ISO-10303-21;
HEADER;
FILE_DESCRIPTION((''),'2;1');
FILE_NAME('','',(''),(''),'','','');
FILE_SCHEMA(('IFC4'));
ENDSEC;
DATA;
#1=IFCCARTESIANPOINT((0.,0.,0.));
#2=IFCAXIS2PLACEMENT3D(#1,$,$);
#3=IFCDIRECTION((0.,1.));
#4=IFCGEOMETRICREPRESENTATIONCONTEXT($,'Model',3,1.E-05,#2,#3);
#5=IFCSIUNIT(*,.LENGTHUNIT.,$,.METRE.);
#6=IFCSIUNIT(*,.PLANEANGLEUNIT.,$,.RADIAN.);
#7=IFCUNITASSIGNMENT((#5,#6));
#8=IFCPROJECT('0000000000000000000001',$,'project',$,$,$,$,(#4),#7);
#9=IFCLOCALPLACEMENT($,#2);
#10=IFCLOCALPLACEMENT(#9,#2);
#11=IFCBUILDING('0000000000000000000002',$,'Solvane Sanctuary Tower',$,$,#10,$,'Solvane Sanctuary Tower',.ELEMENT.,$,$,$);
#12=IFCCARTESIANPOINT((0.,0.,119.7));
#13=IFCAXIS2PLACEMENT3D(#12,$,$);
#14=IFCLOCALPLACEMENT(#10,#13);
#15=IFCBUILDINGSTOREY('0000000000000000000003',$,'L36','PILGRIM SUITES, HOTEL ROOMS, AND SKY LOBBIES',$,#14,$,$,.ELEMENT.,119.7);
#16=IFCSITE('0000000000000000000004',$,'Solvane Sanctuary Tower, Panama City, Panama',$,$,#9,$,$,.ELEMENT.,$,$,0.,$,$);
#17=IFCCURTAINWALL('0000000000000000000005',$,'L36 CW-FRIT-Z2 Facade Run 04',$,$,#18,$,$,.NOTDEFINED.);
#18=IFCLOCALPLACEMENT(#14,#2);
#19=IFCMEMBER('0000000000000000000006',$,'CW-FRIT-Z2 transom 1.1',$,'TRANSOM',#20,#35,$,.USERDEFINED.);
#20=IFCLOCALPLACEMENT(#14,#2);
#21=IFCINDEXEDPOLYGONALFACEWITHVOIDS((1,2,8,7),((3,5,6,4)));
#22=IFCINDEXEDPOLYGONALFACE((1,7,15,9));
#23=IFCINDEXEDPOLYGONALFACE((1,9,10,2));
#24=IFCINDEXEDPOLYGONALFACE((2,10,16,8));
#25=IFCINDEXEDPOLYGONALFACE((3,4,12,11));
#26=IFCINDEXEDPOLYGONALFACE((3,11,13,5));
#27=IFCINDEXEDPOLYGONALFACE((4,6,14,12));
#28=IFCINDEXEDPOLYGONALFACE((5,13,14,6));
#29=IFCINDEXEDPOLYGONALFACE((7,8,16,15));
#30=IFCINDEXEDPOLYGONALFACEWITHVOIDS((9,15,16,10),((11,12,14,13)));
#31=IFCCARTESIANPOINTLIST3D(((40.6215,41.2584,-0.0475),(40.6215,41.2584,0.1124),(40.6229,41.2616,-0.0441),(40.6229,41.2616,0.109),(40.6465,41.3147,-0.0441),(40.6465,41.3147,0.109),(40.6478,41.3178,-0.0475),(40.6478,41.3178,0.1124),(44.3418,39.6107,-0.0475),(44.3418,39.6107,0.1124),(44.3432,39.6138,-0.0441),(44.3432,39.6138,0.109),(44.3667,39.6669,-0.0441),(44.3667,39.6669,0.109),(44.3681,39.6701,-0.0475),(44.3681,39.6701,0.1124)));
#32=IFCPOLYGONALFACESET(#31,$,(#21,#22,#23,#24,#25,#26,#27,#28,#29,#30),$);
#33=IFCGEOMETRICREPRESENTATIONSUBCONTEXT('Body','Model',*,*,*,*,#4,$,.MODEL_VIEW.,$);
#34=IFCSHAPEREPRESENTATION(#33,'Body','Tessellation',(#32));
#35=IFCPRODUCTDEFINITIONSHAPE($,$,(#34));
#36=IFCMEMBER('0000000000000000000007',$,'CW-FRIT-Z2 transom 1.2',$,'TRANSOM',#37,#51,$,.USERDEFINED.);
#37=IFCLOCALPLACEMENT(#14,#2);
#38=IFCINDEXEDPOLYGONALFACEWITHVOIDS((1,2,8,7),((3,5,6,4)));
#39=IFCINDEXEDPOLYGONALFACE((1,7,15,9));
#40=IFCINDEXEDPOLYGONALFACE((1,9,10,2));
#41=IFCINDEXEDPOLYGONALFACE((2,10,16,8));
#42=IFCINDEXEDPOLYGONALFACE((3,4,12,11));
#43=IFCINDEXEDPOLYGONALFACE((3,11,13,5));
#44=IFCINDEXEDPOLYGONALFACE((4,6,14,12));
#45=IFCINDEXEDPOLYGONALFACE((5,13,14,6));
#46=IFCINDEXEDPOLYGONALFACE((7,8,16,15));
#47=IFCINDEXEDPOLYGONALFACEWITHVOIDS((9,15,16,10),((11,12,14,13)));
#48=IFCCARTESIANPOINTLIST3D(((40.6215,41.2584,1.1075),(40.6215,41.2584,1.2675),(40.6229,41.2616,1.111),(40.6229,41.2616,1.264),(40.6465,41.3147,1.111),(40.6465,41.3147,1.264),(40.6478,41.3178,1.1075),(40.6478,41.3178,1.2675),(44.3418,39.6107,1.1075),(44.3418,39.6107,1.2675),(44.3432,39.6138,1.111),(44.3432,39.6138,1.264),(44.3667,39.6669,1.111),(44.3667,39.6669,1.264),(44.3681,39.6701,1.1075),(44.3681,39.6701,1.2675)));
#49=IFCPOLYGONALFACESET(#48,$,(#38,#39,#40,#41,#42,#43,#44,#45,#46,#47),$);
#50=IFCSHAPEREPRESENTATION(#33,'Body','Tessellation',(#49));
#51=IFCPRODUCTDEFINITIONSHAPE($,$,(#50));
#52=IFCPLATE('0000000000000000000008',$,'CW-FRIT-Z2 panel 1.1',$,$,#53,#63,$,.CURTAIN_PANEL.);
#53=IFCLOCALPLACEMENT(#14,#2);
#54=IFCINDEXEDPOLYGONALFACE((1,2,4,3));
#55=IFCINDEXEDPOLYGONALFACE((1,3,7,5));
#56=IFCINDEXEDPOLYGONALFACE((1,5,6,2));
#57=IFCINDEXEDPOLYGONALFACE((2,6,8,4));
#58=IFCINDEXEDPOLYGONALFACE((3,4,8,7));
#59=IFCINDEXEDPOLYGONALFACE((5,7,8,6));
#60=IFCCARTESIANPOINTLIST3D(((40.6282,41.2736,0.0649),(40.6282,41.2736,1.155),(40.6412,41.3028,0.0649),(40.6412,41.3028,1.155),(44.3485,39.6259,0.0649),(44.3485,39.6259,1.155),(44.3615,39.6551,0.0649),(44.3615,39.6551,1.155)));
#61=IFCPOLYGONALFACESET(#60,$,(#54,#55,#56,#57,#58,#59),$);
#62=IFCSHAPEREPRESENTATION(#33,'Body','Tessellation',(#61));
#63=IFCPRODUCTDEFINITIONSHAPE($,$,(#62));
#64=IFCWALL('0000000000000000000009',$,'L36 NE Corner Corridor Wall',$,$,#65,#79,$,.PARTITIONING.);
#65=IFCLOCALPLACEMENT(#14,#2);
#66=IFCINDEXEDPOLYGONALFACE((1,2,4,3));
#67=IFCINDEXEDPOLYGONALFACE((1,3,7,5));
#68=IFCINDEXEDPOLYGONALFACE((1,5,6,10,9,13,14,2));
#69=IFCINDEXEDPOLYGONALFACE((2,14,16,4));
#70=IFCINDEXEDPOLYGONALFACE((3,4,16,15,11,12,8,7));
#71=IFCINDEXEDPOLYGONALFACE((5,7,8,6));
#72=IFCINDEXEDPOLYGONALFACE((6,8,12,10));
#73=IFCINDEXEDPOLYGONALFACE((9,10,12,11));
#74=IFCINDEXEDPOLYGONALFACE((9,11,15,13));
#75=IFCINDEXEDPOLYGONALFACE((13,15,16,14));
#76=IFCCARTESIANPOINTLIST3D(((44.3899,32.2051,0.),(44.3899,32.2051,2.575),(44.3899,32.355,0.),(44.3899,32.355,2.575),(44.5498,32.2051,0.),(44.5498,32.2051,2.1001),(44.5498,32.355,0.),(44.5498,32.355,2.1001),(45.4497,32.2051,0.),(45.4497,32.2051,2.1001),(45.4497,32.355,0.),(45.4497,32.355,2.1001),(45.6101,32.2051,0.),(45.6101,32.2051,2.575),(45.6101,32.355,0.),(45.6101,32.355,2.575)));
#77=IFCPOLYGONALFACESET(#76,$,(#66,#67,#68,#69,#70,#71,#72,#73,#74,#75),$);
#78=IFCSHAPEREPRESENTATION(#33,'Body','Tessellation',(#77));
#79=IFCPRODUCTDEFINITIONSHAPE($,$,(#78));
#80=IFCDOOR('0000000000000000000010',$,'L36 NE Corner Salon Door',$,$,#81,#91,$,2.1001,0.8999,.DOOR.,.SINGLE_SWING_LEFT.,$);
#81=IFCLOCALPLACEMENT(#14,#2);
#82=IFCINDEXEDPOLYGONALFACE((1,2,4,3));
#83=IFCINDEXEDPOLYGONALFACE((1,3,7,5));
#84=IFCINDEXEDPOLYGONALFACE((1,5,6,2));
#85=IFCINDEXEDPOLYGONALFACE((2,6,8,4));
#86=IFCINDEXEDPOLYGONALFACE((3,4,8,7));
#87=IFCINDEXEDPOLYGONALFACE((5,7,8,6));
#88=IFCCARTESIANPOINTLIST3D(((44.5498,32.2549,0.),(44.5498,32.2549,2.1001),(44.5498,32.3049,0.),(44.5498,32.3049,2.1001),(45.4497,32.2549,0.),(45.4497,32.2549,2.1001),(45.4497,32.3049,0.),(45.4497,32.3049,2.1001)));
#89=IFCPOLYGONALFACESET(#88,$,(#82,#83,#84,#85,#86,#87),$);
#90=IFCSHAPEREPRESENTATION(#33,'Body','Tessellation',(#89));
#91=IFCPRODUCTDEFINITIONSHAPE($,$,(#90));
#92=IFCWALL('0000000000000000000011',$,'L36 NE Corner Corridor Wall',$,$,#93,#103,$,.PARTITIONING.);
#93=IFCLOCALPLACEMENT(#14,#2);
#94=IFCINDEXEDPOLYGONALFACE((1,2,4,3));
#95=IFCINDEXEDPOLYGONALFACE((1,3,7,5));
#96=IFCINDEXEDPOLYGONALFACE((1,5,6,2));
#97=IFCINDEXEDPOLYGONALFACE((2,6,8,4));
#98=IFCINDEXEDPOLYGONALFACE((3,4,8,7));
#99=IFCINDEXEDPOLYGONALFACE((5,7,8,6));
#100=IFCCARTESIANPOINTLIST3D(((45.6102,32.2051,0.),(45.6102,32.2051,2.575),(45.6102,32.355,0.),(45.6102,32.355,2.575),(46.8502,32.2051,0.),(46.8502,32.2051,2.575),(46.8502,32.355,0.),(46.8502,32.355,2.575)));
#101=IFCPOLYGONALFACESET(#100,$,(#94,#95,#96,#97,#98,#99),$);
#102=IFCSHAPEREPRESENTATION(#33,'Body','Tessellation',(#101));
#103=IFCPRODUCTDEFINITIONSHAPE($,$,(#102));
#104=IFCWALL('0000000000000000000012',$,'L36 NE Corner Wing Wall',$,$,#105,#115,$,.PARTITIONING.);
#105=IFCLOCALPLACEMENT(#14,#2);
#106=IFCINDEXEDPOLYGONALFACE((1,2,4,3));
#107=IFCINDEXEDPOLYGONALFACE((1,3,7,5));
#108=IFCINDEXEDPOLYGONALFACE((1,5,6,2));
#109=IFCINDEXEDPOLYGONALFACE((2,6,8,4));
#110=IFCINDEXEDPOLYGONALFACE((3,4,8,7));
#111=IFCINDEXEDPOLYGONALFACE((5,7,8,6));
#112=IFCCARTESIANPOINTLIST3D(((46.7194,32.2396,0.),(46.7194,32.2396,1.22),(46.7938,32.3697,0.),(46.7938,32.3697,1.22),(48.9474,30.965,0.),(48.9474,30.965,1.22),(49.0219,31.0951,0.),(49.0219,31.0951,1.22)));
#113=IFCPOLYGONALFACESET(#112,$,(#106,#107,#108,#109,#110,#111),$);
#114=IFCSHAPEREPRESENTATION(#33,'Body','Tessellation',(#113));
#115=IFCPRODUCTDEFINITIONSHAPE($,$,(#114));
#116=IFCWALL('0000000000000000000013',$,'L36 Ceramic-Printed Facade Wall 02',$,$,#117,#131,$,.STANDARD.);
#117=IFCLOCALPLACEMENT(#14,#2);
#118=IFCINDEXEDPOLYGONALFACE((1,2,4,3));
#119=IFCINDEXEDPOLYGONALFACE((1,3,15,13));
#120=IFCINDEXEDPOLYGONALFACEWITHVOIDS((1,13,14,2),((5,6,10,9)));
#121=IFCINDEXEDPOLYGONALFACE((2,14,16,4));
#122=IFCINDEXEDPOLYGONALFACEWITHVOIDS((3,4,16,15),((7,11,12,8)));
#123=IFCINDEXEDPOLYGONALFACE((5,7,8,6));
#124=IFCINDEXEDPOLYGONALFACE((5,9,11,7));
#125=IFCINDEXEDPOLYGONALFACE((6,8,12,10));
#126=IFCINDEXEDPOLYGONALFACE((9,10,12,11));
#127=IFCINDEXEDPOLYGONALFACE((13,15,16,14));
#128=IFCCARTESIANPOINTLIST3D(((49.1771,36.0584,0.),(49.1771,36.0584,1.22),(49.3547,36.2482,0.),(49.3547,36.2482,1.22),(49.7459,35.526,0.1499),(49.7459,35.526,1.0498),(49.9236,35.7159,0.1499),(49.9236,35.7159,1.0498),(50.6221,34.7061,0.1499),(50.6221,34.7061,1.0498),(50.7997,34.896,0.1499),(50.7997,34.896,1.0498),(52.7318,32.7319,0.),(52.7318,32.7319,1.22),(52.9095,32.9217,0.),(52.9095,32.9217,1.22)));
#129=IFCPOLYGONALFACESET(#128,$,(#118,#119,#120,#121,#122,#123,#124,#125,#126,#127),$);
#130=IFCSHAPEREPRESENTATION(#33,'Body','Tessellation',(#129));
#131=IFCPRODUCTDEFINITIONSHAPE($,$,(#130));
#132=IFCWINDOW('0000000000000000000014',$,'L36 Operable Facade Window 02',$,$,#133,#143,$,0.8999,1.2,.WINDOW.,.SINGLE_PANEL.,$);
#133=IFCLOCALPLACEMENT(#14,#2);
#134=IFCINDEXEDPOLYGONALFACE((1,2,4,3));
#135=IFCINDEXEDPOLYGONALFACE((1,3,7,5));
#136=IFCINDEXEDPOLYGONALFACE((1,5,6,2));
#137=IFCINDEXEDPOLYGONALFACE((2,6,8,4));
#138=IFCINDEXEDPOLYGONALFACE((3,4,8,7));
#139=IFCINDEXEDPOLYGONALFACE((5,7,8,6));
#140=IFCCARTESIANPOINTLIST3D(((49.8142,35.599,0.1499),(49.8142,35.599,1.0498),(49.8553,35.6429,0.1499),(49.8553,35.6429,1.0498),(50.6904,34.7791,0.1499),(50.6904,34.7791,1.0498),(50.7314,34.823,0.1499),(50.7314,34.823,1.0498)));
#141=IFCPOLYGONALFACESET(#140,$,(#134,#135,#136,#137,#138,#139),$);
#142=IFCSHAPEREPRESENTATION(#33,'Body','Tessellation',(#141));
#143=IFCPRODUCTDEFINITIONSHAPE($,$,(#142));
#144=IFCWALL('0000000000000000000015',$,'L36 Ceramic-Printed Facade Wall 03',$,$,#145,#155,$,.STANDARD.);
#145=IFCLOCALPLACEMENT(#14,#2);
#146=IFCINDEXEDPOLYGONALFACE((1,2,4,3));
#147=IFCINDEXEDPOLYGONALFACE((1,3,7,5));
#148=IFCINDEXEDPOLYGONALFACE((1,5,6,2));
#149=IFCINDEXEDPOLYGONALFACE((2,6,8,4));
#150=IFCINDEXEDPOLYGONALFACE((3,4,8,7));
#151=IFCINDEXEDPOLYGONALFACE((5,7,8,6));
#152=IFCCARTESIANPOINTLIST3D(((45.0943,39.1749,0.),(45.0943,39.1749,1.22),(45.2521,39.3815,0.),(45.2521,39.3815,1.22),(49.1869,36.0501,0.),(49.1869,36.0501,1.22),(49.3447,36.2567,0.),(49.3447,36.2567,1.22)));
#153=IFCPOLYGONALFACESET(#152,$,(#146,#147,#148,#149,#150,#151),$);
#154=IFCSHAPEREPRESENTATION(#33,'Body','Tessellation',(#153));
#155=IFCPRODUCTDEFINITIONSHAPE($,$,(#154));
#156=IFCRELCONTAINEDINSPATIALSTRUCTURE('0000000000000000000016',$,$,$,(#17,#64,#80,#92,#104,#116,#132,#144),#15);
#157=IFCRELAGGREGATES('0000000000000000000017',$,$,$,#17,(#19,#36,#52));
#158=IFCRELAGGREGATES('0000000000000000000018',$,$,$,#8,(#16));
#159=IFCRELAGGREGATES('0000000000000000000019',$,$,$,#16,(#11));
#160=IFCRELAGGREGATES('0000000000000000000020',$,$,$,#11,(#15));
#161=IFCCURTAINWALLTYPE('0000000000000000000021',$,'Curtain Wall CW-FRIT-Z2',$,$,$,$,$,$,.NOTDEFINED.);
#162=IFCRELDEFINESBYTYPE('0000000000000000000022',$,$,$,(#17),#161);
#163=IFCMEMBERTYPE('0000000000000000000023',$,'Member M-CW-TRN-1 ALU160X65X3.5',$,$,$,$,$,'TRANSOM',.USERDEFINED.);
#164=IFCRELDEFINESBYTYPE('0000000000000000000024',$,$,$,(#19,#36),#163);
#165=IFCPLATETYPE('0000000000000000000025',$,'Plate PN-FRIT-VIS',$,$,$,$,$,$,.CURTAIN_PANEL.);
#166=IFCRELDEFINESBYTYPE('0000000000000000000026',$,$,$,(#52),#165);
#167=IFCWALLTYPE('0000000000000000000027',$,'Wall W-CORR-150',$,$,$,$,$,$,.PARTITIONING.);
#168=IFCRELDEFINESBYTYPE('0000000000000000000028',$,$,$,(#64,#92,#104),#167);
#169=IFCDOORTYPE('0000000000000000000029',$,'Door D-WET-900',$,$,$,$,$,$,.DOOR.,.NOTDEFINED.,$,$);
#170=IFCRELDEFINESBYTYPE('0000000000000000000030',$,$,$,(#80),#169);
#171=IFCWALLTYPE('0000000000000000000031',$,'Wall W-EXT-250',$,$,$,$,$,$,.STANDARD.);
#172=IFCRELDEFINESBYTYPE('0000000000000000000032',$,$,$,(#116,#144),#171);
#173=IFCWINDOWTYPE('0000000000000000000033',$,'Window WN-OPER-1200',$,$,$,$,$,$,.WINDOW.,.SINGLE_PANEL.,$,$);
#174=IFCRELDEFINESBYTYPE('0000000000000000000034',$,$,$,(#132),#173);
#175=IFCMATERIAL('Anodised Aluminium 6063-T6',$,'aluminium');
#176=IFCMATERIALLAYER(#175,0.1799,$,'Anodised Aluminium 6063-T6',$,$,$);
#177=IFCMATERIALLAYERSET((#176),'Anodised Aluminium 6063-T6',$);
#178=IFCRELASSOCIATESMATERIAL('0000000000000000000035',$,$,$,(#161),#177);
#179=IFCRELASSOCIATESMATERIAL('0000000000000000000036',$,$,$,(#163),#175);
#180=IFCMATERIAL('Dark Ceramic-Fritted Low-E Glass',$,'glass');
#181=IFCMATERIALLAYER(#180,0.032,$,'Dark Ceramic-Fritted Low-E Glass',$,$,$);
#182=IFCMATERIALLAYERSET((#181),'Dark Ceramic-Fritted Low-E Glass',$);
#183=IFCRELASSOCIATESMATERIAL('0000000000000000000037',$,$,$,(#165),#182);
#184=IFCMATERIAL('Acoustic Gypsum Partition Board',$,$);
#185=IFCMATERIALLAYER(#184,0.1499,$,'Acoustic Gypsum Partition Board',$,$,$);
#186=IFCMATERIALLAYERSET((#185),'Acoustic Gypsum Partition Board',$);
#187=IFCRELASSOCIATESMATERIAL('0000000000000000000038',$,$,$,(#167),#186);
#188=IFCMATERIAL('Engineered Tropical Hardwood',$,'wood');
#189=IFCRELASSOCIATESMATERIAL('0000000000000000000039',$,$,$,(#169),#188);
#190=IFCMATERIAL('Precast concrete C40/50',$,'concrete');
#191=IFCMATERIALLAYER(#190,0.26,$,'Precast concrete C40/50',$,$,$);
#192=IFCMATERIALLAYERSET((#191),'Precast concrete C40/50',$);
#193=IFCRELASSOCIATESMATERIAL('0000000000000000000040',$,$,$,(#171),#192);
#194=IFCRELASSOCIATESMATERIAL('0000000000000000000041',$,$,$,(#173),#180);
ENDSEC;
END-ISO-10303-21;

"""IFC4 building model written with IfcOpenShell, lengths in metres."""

from ifc_helpers import new_model, si_unit, direction, frame, frame_2d, origin, origin_2d, place, context, subcontext, project, spatial, rectangle, hollow_rectangle, extrude, material, layer, layer_set, material_profile, profile_set, type_object, element, fill, aggregate, save


model = new_model("IFC4")

# Units and contexts
model_context = context("Model", 3, precision=1e-05, world=origin(), true_north=direction((0.0, 1.0)))
body_context = subcontext(model_context, "Body", "Model", "MODEL_VIEW")
ifc_project = project(units=[si_unit("LENGTHUNIT", "METRE"), si_unit("PLANEANGLEUNIT", "RADIAN")], contexts=[model_context])

# Site, building, storey
site_placement = place(None, origin())
site = spatial("IfcSite", under=ifc_project, at=site_placement, Name="Solvane Sanctuary Tower, Panama City, Panama", CompositionType="ELEMENT", RefElevation=0.0)
building_placement = place(site_placement, origin())
building = spatial("IfcBuilding", under=site, at=building_placement, Name="Solvane Sanctuary Tower", LongName="Solvane Sanctuary Tower", CompositionType="ELEMENT")
storey_placement = place(building_placement, frame((0.0, 0.0, 119.7)))
storey = spatial("IfcBuildingStorey", under=building, at=storey_placement, Name="L36", Description="PILGRIM SUITES, HOTEL ROOMS, AND SKY LOBBIES", CompositionType="ELEMENT", Elevation=119.7)

# Curtain wall, members, plate
ifc_material_1 = material(Name="Anodised Aluminium 6063-T6", Category="aluminium")
ifc_layer_1 = layer(ifc_material_1, 0.1799, Name="Anodised Aluminium 6063-T6")
ifc_layer_set_1 = layer_set([ifc_layer_1], Name="Anodised Aluminium 6063-T6")
curtain_wall_type = type_object("IfcCurtainWallType", Name="Curtain Wall CW-FRIT-Z2", PredefinedType="NOTDEFINED", material=ifc_layer_set_1)
curtain_wall_placement = place(storey_placement, origin())
curtain_wall = element("IfcCurtainWall", 1, at=curtain_wall_placement, inside=storey, type_object=curtain_wall_type, Name="L36 CW-FRIT-Z2 Facade Run 04", PredefinedType="NOTDEFINED")
ifc_material_profile_1 = material_profile(ifc_material_1, hollow_rectangle(XDim=0.0649, YDim=0.1599, WallThickness=0.0034, at=origin_2d()), Name="ALU160X65X3.5")
ifc_profile_set_1 = profile_set([ifc_material_profile_1], Name="Anodised Aluminium 6063-T6")
member_type_1 = type_object("IfcMemberType", Name="Member M-CW-TRN-1 ALU160X65X3.5", ElementType="TRANSOM", PredefinedType="USERDEFINED", material=ifc_profile_set_1)
member_1_placement = place(storey_placement, frame((44.355, 39.6404, 0.0325), z_axis=(-0.914333, 0.404963, 0.0), x_axis=(-0.404963, -0.914333, 0.0)))
member_1 = element("IfcMember", 2, at=member_1_placement, type_object=member_type_1, Name="CW-FRIT-Z2 transom 1.1", ObjectType="TRANSOM", PredefinedType="USERDEFINED", context=body_context, shape_type="SweptSolid", body=[
    extrude(hollow_rectangle(XDim=0.0649, YDim=0.1599, WallThickness=0.0034, at=origin_2d()), origin(), (0.0, 0.0, 1.0), 4.0688),
])
member_2_placement = place(storey_placement, frame((44.355, 39.6404, 1.1875), z_axis=(-0.914333, 0.404963, 0.0), x_axis=(-0.404963, -0.914333, 0.0)))
member_2 = element("IfcMember", 3, at=member_2_placement, type_object=member_type_1, Name="CW-FRIT-Z2 transom 1.2", ObjectType="TRANSOM", PredefinedType="USERDEFINED", context=body_context, shape_type="SweptSolid", body=[
    extrude(hollow_rectangle(XDim=0.0649, YDim=0.1599, WallThickness=0.0034, at=origin_2d()), origin(), (0.0, 0.0, 1.0), 4.0688),
])
ifc_material_2 = material(Name="Dark Ceramic-Fritted Low-E Glass", Category="glass")
ifc_layer_2 = layer(ifc_material_2, 0.032, Name="Dark Ceramic-Fritted Low-E Glass")
ifc_layer_set_2 = layer_set([ifc_layer_2], Name="Dark Ceramic-Fritted Low-E Glass")
plate_type = type_object("IfcPlateType", Name="Plate PN-FRIT-VIS", PredefinedType="CURTAIN_PANEL", material=ifc_layer_set_2)
plate_placement = place(storey_placement, frame((42.4949, 40.4644, 0.0649), z_axis=(0.0, 0.0, 1.0), x_axis=(-0.914339, 0.404951, 0.0)))
plate = element("IfcPlate", 4, at=plate_placement, type_object=plate_type, Name="CW-FRIT-Z2 panel 1.1", PredefinedType="CURTAIN_PANEL", context=body_context, shape_type="SweptSolid", body=[
    extrude(rectangle(XDim=4.0688, YDim=0.032, at=origin_2d()), origin(), (0.0, 0.0, 1.0), 1.0901),
])
aggregate(curtain_wall, [member_1, member_2, plate])

# Wall, opening, door
ifc_material_3 = material(Name="Acoustic Gypsum Partition Board")
ifc_layer_3 = layer(ifc_material_3, 0.1499, Name="Acoustic Gypsum Partition Board")
ifc_layer_set_3 = layer_set([ifc_layer_3], Name="Acoustic Gypsum Partition Board")
wall_type_1 = type_object("IfcWallType", Name="Wall W-CORR-150", PredefinedType="PARTITIONING", material=ifc_layer_set_3)
wall_1_placement = place(storey_placement, frame((44.3899, 32.28, 0.0), z_axis=(0.0, 0.0, 1.0), x_axis=(1.0, 0.0, 0.0)))
wall_1 = element("IfcWall", 5, at=wall_1_placement, inside=storey, type_object=wall_type_1, Name="L36 NE Corner Corridor Wall", PredefinedType="PARTITIONING", context=body_context, shape_type="SweptSolid", body=[
    extrude(rectangle(XDim=1.2202, YDim=0.1499, at=frame_2d((0.6101, 0.0))), origin(), (0.0, 0.0, 1.0), 2.575),
])
opening_1_placement = place(wall_1_placement, frame((0.1599, 0.0, 0.0)))
opening_1 = element("IfcOpeningElement", 6, at=opening_1_placement, cuts=wall_1, PredefinedType="OPENING", context=body_context, shape_type="SweptSolid", body=[
    extrude(rectangle(XDim=0.8999, YDim=2.1001, at=frame_2d((0.45, 1.05))), frame((0.0, 0.085, 0.0), z_axis=(0.0, -1.0, 0.0), x_axis=(1.0, 0.0, 0.0)), (0.0, 0.0, 1.0), 0.1699),
])
ifc_material_4 = material(Name="Engineered Tropical Hardwood", Category="wood")
door_type_1 = type_object("IfcDoorType", Name="Door D-WET-900", OperationType="NOTDEFINED", PredefinedType="DOOR", material=ifc_material_4)
door_1_placement = place(opening_1_placement, origin())
door_1 = element("IfcDoor", 7, at=door_1_placement, inside=storey, type_object=door_type_1, Name="L36 NE Corner Salon Door", OperationType="SINGLE_SWING_LEFT", OverallHeight=2.1001, OverallWidth=0.8999, PredefinedType="DOOR", context=body_context, shape_type="SweptSolid", body=[
    extrude(rectangle(XDim=0.8999, YDim=2.1001, at=frame_2d((0.45, 1.05))), frame((0.0, 0.0249, 0.0), z_axis=(0.0, -1.0, 0.0), x_axis=(1.0, 0.0, 0.0)), (0.0, 0.0, 1.0), 0.05),
])
fill(opening_1, door_1)

# Walls
wall_2_placement = place(storey_placement, frame((45.6101, 32.28, 0.0), z_axis=(0.0, 0.0, 1.0), x_axis=(1.0, 0.0, 0.0)))
element("IfcWall", 8, at=wall_2_placement, inside=storey, type_object=wall_type_1, Name="L36 NE Corner Corridor Wall", PredefinedType="PARTITIONING", context=body_context, shape_type="SweptSolid", body=[
    extrude(rectangle(XDim=1.24, YDim=0.1499, at=frame_2d((0.6201, 0.0))), origin(), (0.0, 0.0, 1.0), 2.575),
])
wall_3_placement = place(storey_placement, frame((46.7566, 32.3047, 0.0), z_axis=(0.0, 0.0, 1.0), x_axis=(0.867991, -0.496579, 0.0)))
element("IfcWall", 9, at=wall_3_placement, inside=storey, type_object=wall_type_1, Name="L36 NE Corner Wing Wall", PredefinedType="PARTITIONING", context=body_context, shape_type="SweptSolid", body=[
    extrude(rectangle(XDim=2.5669, YDim=0.1499, at=frame_2d((1.2834, 0.0))), origin(), (0.0, 0.0, 1.0), 1.22),
])

# Wall, opening, window
ifc_material_5 = material(Name="Precast concrete C40/50", Category="concrete")
ifc_layer_4 = layer(ifc_material_5, 0.26, Name="Precast concrete C40/50")
ifc_layer_set_4 = layer_set([ifc_layer_4], Name="Precast concrete C40/50")
wall_type_2 = type_object("IfcWallType", Name="Wall W-EXT-250", PredefinedType="STANDARD", material=ifc_layer_set_4)
wall_4_placement = place(storey_placement, frame((52.8206, 32.8269, 0.0), z_axis=(0.0, 0.0, 1.0), x_axis=(-0.730162, 0.683274, 0.0)))
wall_4 = element("IfcWall", 10, at=wall_4_placement, inside=storey, type_object=wall_type_2, Name="L36 Ceramic-Printed Facade Wall 02", PredefinedType="STANDARD", context=body_context, shape_type="SweptSolid", body=[
    extrude(rectangle(XDim=4.8684, YDim=0.26, at=frame_2d((2.4341, 0.0))), origin(), (0.0, 0.0, 1.0), 1.22),
])
opening_2_placement = place(wall_4_placement, frame((2.8892, 0.0, 0.1499)))
opening_2 = element("IfcOpeningElement", 11, at=opening_2_placement, cuts=wall_4, PredefinedType="OPENING", context=body_context, shape_type="SweptSolid", body=[
    extrude(rectangle(XDim=1.2, YDim=0.8999, at=frame_2d((0.6001, 0.45))), frame((0.0, 0.1399, 0.0), z_axis=(0.0, -1.0, 0.0), x_axis=(1.0, 0.0, 0.0)), (0.0, 0.0, 1.0), 0.28),
])
window_type = type_object("IfcWindowType", Name="Window WN-OPER-1200", PartitioningType="SINGLE_PANEL", PredefinedType="WINDOW", material=ifc_material_2)
window_1_placement = place(opening_2_placement, origin())
window_1 = element("IfcWindow", 12, at=window_1_placement, inside=storey, type_object=window_type, Name="L36 Operable Facade Window 02", OverallHeight=0.8999, OverallWidth=1.2, PartitioningType="SINGLE_PANEL", PredefinedType="WINDOW", context=body_context, shape_type="SweptSolid", body=[
    extrude(rectangle(XDim=1.2, YDim=0.8999, at=frame_2d((0.6001, 0.45))), frame((0.0, 0.03, 0.0), z_axis=(0.0, -1.0, 0.0), x_axis=(1.0, 0.0, 0.0)), (0.0, 0.0, 1.0), 0.0601),
])
fill(opening_2, window_1)

# Wall
wall_5_placement = place(storey_placement, frame((49.2659, 36.1533, 0.0), z_axis=(0.0, 0.0, 1.0), x_axis=(-0.79481, 0.606859, 0.0)))
element("IfcWall", 13, at=wall_5_placement, inside=storey, type_object=wall_type_2, Name="L36 Ceramic-Printed Facade Wall 03", PredefinedType="STANDARD", context=body_context, shape_type="SweptSolid", body=[
    extrude(rectangle(XDim=5.1492, YDim=0.26, at=frame_2d((2.5747, 0.0))), origin(), (0.0, 0.0, 1.0), 1.22),
])

save(model, "model.ifc")
